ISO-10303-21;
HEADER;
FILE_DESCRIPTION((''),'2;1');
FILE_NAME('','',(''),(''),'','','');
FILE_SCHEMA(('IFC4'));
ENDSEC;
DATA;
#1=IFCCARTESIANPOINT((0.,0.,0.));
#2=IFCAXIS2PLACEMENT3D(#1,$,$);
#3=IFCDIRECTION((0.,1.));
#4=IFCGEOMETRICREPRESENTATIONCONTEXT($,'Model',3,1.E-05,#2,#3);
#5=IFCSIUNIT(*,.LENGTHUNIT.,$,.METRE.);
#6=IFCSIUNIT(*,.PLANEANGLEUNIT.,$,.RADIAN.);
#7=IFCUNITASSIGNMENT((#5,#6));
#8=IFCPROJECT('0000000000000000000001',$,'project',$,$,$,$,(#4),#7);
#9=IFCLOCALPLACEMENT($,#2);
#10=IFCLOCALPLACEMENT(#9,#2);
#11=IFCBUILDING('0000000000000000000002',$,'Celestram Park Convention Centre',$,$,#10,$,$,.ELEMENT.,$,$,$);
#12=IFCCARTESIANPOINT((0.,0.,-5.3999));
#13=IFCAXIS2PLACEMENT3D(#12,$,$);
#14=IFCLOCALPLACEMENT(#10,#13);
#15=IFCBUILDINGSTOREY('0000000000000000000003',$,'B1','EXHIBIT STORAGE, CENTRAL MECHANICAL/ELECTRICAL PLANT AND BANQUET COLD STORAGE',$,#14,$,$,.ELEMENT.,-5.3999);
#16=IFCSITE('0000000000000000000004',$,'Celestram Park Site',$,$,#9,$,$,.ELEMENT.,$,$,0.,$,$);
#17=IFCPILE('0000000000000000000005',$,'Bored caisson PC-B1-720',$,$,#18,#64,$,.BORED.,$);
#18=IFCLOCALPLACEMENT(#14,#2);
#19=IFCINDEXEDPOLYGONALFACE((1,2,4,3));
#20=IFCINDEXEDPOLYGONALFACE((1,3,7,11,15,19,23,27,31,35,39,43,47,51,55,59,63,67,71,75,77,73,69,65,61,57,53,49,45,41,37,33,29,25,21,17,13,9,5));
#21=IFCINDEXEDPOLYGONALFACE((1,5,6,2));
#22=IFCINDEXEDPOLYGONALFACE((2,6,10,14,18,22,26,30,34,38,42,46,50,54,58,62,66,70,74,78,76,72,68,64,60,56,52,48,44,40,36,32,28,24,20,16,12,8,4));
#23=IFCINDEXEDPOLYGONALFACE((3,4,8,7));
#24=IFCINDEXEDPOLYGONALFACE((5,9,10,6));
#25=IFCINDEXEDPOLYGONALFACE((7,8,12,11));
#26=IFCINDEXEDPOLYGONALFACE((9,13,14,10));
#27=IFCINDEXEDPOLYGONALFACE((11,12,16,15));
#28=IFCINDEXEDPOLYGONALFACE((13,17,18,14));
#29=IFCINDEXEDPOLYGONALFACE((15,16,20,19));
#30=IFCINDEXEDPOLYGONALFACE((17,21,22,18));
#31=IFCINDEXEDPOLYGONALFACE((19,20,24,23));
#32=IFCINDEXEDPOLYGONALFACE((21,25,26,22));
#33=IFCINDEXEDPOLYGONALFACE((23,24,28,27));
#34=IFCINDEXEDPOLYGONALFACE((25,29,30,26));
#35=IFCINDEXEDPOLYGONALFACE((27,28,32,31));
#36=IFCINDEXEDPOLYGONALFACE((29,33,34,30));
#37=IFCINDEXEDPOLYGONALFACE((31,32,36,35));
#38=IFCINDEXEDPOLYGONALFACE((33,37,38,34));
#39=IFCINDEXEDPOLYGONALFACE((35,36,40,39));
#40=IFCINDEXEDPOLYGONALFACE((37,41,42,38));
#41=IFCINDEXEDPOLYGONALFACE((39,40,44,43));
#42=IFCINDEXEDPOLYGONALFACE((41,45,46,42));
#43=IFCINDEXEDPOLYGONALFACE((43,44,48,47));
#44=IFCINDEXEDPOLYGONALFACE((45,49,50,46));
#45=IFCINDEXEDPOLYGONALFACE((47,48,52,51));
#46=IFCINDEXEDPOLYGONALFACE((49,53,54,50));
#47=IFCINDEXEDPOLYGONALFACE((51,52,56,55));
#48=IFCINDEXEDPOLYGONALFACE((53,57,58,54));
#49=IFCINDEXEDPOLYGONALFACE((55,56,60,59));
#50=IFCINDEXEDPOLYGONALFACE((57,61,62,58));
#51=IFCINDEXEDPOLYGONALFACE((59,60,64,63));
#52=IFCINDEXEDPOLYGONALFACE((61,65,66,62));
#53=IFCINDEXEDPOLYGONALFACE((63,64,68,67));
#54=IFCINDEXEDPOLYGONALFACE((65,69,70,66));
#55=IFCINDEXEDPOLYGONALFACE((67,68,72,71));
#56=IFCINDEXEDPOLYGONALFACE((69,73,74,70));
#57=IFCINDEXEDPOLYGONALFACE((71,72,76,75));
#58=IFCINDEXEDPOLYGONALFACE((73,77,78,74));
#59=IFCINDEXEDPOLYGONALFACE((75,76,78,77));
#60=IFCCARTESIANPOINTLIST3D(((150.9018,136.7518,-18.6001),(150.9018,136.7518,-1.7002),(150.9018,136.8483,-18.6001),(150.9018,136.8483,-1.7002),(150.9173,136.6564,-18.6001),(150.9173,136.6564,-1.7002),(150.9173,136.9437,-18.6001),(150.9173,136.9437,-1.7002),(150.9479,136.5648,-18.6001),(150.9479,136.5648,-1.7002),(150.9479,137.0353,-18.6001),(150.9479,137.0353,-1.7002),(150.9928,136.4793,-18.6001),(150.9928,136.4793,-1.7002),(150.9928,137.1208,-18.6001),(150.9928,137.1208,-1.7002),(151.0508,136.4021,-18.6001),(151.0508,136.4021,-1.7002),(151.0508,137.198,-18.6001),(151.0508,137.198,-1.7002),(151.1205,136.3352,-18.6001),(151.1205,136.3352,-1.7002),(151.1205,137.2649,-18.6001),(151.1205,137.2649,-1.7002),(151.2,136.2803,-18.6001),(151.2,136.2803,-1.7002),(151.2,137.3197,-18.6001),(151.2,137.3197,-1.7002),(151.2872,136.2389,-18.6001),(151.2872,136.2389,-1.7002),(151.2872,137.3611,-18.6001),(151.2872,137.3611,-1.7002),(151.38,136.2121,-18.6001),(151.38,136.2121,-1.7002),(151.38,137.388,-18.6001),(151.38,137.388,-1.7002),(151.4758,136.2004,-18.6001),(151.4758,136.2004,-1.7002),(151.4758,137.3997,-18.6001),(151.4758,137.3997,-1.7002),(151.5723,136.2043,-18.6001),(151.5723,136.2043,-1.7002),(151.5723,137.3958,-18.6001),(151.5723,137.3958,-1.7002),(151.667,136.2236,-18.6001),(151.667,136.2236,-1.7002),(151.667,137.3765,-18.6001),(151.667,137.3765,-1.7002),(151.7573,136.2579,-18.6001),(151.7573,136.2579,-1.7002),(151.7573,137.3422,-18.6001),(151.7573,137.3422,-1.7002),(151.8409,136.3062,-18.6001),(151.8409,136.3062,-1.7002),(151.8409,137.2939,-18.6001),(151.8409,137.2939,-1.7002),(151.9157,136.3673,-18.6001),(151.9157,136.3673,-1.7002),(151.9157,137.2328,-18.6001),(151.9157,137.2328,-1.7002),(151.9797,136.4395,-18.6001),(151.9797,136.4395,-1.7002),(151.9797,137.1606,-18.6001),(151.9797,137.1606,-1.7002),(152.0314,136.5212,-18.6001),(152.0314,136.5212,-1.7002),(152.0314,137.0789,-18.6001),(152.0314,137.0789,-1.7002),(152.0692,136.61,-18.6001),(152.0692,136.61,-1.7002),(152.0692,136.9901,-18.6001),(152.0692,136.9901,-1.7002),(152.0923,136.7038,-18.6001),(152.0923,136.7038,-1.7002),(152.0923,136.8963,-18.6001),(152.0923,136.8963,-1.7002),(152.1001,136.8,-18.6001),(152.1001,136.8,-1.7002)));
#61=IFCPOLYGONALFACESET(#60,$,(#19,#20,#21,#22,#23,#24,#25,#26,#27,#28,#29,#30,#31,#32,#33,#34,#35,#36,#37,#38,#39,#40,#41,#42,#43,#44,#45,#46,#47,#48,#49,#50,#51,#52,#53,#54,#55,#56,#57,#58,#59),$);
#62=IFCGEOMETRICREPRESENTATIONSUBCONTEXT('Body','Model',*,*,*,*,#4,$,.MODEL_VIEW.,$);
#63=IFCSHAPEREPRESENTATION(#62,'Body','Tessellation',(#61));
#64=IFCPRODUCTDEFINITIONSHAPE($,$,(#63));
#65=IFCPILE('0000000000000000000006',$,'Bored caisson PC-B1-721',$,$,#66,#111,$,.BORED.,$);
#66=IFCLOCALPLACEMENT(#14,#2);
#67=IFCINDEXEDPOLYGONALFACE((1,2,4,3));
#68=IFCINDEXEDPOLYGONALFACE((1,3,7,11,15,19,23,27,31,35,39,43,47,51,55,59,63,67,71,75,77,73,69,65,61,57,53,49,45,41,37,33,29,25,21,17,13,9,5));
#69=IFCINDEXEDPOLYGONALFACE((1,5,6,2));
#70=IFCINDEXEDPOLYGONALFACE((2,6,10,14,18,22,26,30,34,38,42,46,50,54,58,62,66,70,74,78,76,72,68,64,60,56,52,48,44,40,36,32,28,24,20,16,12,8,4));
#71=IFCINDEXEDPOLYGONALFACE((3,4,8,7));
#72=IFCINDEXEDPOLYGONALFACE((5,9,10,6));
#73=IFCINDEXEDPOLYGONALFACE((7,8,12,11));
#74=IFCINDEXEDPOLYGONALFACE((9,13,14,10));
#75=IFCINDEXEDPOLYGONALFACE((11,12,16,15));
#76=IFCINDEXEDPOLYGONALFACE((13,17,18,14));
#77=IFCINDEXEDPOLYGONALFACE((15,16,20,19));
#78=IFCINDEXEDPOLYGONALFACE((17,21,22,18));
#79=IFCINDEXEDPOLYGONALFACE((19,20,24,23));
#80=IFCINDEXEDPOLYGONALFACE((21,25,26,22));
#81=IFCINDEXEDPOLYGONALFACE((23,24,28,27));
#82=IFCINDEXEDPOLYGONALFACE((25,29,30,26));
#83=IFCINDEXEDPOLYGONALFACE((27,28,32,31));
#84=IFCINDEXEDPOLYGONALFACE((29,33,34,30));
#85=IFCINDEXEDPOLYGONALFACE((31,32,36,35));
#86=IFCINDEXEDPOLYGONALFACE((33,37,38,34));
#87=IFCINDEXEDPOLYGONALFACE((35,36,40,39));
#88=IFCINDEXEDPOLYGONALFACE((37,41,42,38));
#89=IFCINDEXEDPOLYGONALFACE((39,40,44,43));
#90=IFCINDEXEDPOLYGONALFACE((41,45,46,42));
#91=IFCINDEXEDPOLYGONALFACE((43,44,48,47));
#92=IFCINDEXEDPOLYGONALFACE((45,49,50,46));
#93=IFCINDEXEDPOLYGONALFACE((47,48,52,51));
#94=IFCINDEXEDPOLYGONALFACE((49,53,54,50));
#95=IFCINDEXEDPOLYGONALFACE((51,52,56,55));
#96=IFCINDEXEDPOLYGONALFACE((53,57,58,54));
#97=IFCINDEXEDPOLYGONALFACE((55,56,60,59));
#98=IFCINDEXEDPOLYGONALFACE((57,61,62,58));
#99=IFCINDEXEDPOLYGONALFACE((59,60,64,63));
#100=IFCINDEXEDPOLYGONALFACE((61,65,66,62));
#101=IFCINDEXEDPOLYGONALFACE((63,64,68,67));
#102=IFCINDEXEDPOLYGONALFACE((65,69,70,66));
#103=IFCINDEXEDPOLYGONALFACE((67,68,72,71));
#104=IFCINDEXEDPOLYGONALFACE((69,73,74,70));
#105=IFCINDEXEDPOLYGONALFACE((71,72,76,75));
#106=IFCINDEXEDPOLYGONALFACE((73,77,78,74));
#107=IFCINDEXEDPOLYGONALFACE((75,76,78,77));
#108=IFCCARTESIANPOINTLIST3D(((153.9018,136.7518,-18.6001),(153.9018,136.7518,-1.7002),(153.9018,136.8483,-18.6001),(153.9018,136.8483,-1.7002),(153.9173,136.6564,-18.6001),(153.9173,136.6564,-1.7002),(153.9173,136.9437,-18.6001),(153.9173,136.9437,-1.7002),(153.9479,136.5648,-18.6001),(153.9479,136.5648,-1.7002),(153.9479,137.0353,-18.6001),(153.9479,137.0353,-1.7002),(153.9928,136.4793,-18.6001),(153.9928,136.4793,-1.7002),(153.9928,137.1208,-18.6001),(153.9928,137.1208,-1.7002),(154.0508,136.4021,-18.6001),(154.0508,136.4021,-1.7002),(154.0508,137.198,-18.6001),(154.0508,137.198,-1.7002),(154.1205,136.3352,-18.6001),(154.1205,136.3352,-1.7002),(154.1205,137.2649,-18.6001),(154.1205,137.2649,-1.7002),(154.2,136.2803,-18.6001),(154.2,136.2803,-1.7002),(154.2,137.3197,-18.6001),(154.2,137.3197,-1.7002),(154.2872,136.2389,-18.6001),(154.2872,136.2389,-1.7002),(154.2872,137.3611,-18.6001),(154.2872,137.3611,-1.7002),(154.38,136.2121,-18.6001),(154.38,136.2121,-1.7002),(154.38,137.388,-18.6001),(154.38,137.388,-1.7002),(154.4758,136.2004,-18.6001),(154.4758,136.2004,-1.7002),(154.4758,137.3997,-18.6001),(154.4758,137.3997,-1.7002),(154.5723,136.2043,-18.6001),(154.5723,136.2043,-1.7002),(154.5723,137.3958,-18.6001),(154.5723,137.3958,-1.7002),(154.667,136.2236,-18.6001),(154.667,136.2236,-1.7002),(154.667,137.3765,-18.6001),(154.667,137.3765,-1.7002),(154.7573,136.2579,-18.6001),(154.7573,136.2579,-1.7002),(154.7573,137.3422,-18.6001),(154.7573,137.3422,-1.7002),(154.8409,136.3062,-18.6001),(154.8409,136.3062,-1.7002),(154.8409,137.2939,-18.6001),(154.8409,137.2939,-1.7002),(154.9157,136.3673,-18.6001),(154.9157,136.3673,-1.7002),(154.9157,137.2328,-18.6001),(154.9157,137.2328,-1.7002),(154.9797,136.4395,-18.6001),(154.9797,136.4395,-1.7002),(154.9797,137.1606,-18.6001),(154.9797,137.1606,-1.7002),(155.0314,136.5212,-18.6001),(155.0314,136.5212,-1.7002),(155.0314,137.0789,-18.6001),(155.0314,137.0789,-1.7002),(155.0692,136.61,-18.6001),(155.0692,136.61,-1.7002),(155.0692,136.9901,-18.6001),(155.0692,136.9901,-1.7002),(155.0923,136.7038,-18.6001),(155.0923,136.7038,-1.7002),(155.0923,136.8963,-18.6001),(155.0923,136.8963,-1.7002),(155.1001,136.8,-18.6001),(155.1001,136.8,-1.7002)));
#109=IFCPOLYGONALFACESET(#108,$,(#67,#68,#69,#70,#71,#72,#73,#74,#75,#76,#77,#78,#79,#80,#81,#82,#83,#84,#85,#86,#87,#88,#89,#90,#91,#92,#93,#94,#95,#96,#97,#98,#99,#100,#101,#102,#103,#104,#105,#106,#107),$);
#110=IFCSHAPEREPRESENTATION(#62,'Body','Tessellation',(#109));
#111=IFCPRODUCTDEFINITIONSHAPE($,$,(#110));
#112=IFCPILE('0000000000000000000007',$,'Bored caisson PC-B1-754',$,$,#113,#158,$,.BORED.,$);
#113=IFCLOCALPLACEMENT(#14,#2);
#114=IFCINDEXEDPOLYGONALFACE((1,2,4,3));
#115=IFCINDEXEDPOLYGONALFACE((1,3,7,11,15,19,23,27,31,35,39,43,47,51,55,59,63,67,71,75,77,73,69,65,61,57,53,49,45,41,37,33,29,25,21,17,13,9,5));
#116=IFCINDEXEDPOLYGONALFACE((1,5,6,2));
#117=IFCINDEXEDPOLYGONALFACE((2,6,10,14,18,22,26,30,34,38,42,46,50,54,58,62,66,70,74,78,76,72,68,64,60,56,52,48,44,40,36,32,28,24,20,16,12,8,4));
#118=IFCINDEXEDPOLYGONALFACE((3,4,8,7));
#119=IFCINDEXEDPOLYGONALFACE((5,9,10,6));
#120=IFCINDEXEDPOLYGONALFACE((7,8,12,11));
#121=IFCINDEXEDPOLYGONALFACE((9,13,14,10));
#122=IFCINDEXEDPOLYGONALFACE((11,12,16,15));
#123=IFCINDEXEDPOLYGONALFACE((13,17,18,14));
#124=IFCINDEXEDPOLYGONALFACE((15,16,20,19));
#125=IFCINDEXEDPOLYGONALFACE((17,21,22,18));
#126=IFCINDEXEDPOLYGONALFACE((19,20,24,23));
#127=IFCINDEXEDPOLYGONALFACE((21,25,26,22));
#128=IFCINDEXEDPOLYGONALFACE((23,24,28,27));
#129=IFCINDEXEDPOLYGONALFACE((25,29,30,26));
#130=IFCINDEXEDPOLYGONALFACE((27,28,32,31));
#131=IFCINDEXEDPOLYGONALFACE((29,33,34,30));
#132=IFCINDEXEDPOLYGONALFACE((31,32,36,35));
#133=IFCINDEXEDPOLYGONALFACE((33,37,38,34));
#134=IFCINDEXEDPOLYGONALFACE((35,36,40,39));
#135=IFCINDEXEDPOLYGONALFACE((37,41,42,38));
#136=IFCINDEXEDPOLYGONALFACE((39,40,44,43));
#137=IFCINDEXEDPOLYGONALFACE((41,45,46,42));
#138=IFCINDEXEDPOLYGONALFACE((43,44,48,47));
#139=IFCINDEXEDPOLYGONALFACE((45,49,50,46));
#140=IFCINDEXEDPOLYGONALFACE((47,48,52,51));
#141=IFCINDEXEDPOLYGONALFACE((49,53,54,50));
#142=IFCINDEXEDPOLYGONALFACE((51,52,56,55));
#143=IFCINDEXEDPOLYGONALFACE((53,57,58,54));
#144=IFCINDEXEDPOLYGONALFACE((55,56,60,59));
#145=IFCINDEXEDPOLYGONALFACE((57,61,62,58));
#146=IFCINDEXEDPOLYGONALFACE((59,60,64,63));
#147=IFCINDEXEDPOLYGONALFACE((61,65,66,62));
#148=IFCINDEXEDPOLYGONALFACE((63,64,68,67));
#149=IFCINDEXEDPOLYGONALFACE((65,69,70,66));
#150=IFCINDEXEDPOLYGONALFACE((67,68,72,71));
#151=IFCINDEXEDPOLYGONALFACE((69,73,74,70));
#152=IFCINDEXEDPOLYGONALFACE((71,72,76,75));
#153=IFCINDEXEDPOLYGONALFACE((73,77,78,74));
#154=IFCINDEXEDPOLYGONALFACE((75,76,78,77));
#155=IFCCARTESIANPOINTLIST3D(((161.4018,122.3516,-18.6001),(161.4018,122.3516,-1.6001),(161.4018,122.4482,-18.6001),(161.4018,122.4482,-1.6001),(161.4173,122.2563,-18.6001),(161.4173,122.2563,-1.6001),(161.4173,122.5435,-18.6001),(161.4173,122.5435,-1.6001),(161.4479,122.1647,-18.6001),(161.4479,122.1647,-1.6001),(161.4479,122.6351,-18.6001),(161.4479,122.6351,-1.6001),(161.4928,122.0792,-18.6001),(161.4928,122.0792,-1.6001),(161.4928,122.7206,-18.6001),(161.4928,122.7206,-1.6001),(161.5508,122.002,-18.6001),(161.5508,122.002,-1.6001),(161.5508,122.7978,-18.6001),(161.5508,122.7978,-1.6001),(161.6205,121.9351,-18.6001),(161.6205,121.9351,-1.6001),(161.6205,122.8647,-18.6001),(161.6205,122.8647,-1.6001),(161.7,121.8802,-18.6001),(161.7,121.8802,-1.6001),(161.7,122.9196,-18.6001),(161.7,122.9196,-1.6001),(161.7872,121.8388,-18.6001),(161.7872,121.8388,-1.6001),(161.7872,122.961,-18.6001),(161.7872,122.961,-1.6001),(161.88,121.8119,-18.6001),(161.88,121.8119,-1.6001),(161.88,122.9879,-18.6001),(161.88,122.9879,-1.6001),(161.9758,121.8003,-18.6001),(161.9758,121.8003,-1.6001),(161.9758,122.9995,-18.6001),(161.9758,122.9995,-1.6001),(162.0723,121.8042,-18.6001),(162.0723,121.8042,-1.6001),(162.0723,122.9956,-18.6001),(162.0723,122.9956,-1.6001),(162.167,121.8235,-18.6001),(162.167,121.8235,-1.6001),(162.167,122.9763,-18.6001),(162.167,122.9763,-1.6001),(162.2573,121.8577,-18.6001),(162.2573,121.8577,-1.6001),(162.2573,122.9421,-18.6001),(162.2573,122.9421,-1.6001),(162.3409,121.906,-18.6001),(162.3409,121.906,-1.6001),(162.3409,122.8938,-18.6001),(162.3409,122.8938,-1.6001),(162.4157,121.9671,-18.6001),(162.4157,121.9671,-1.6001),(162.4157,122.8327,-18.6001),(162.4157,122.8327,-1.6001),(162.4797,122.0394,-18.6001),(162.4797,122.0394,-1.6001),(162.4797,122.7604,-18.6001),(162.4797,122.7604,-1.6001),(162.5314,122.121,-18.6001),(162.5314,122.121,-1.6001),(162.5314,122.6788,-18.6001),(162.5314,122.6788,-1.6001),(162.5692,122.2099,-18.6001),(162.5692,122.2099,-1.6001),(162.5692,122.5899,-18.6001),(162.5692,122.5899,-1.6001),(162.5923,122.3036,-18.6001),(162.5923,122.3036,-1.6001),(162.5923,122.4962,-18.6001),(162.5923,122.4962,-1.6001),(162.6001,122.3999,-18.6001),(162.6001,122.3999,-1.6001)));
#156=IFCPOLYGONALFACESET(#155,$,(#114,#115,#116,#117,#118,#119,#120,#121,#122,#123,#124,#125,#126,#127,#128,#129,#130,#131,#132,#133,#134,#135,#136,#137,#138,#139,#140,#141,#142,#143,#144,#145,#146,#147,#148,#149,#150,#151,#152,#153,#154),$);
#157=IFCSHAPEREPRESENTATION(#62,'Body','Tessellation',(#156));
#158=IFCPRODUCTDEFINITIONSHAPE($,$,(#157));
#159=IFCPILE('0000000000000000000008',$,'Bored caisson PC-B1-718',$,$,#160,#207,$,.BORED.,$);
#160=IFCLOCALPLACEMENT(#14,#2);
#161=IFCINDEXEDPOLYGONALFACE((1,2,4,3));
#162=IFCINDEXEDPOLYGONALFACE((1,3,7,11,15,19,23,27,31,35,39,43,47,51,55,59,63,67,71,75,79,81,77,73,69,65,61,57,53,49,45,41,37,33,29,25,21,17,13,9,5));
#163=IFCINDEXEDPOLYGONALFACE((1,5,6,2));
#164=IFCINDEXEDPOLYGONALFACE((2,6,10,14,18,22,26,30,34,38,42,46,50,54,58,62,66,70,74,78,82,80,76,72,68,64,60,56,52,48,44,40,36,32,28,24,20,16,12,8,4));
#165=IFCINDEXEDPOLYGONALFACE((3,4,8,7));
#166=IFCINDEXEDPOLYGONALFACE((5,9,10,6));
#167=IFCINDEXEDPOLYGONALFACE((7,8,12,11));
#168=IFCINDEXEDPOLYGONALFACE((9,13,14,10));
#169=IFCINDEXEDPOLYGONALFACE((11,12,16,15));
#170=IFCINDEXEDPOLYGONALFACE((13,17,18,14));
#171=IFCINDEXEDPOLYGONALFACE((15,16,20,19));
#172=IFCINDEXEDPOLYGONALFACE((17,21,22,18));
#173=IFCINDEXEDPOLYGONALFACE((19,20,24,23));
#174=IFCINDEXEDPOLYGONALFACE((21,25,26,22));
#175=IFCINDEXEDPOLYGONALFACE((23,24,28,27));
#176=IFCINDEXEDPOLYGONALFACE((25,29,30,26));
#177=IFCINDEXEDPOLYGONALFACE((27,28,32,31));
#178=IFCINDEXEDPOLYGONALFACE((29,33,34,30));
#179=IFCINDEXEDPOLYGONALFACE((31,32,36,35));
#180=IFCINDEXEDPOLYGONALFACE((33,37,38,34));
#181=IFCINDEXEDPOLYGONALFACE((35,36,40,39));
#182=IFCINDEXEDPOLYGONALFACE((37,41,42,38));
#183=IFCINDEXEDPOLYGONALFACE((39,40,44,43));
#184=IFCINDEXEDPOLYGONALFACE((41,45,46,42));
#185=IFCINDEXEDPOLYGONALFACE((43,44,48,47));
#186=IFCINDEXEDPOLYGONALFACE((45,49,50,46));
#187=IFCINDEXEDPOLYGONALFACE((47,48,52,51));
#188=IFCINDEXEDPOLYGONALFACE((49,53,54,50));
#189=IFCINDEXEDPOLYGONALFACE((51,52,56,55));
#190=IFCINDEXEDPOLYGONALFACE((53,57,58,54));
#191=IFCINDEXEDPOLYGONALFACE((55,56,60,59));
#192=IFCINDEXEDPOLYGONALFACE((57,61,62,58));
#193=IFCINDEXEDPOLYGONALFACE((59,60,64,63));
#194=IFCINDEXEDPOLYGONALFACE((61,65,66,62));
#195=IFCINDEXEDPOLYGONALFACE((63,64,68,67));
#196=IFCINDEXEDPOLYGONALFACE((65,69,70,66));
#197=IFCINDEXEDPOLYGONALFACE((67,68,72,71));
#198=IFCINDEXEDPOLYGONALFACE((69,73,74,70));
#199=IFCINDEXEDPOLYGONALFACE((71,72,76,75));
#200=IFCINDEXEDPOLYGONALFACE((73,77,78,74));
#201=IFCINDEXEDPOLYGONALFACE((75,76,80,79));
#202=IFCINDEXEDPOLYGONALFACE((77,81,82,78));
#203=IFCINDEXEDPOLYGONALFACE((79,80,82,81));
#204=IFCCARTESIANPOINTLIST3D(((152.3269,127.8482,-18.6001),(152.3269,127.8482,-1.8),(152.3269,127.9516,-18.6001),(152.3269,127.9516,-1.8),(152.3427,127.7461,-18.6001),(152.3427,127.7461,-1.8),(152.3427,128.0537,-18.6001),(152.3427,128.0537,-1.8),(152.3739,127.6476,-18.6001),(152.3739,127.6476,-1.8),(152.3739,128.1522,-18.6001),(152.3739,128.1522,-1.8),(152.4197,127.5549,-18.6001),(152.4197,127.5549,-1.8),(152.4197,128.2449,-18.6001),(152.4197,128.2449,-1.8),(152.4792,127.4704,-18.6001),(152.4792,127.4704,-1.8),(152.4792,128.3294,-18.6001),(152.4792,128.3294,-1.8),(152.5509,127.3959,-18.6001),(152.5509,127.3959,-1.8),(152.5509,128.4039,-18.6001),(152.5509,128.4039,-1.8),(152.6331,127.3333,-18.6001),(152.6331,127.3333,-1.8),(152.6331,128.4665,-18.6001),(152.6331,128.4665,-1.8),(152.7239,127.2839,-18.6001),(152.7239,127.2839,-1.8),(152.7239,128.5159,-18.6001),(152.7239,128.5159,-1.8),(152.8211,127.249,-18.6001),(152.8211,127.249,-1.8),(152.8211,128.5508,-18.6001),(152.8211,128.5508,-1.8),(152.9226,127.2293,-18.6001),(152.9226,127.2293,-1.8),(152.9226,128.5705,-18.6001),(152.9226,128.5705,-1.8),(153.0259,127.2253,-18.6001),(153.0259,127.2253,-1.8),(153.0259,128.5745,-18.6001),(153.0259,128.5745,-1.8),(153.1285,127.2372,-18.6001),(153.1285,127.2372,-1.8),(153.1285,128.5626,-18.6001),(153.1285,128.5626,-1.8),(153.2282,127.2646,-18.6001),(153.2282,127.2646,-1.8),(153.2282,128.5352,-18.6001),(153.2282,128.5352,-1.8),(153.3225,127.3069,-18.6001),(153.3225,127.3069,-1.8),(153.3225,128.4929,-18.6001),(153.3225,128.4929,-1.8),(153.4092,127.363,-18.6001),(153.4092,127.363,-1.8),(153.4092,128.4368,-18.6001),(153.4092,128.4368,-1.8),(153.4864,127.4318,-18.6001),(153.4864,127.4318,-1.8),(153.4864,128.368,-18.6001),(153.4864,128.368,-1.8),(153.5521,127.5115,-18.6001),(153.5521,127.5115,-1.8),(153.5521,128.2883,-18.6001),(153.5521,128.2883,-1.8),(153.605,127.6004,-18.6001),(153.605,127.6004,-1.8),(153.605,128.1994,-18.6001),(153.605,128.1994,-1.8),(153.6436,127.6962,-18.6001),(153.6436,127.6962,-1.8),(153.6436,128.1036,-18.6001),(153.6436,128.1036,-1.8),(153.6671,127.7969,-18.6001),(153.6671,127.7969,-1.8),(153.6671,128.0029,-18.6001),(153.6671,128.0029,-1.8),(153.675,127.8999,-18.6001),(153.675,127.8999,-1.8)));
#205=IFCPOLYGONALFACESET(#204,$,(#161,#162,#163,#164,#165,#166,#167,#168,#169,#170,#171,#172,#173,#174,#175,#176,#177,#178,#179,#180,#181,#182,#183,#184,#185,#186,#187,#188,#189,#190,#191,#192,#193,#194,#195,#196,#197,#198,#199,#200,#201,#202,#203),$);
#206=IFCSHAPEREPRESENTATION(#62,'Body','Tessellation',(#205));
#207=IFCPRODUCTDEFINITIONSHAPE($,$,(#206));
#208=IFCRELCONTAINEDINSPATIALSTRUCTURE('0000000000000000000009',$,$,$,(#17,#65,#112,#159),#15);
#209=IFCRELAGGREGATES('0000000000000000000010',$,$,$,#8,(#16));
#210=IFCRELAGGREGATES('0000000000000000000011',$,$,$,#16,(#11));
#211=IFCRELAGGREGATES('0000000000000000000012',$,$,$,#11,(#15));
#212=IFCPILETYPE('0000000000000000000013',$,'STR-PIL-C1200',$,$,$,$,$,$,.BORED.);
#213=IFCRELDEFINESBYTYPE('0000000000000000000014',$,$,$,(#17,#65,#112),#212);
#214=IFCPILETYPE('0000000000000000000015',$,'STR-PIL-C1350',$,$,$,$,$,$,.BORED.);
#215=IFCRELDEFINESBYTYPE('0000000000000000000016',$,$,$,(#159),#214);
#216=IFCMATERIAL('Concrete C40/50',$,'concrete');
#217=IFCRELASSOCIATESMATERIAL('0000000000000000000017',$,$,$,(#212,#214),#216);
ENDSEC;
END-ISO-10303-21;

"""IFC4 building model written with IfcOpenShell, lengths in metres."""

from ifc_helpers import new_model, si_unit, direction, frame, origin, origin_2d, place, context, subcontext, project, spatial, circle, extrude, material, material_profile, profile_set, type_object, element, save


model = new_model("IFC4")

# Units and contexts
model_context = context("Model", 3, precision=1e-05, world=origin(), true_north=direction((0.0, 1.0)))
body_context = subcontext(model_context, "Body", "Model", "MODEL_VIEW")
ifc_project = project(units=[si_unit("LENGTHUNIT", "METRE"), si_unit("PLANEANGLEUNIT", "RADIAN")], contexts=[model_context])

# Site, building, storey
site_placement = place(None, origin())
site = spatial("IfcSite", under=ifc_project, at=site_placement, Name="Celestram Park Site", CompositionType="ELEMENT", RefElevation=0.0)
building_placement = place(site_placement, origin())
building = spatial("IfcBuilding", under=site, at=building_placement, Name="Celestram Park Convention Centre", CompositionType="ELEMENT")
storey_placement = place(building_placement, frame((0.0, 0.0, -5.3999)))
storey = spatial("IfcBuildingStorey", under=building, at=storey_placement, Name="B1", Description="EXHIBIT STORAGE, CENTRAL MECHANICAL/ELECTRICAL PLANT AND BANQUET COLD STORAGE", CompositionType="ELEMENT", Elevation=-5.3999)

# Shared definitions
ifc_material_1 = material(Name="Concrete C40/50", Category="concrete")

# Piles
ifc_material_profile_1 = material_profile(ifc_material_1, circle(Radius=0.6001, at=origin_2d()), Name="CAISSON1200")
ifc_profile_set_1 = profile_set([ifc_material_profile_1], Name="Concrete C40/50")
pile_type_1 = type_object("IfcPileType", Name="STR-PIL-C1200", PredefinedType="BORED", material=ifc_profile_set_1)
for number, where, z_axis, x_axis, name in (
    (1, (151.5, 136.8, -1.7002), (0.0, 0.0, -1.0), (1.0, 0.0, 0.0), "Bored caisson PC-B1-720"),
    (2, (154.5, 136.8, -1.7002), (0.0, 0.0, -1.0), (1.0, 0.0, 0.0), "Bored caisson PC-B1-721"),
):
    element("IfcPile", number, at=place(storey_placement, frame(where, z_axis=z_axis, x_axis=x_axis)), inside=storey, type_object=pile_type_1, Name=name, PredefinedType="BORED", context=body_context, shape_type="SweptSolid", body=[
        extrude(circle(Radius=0.6001, at=origin_2d()), origin(), (0.0, 0.0, 1.0), 16.8999),
    ])
pile_placement = place(storey_placement, frame((162.0, 122.3999, -1.6001), z_axis=(0.0, 0.0, -1.0), x_axis=(1.0, 0.0, 0.0)))
element("IfcPile", 3, at=pile_placement, inside=storey, type_object=pile_type_1, Name="Bored caisson PC-B1-754", PredefinedType="BORED", context=body_context, shape_type="SweptSolid", body=[
    extrude(circle(Radius=0.6001, at=origin_2d()), origin(), (0.0, 0.0, 1.0), 17.0),
])
ifc_material_profile_2 = material_profile(ifc_material_1, circle(Radius=0.675, at=origin_2d()), Name="CAISSON1350")
ifc_profile_set_2 = profile_set([ifc_material_profile_2], Name="Concrete C40/50")
pile_type_2 = type_object("IfcPileType", Name="STR-PIL-C1350", PredefinedType="BORED", material=ifc_profile_set_2)
for number, where, z_axis, x_axis, name in (
    (4, (153.0, 127.8999, -1.8), (0.0, 0.0, -1.0), (1.0, 0.0, 0.0), "Bored caisson PC-B1-718"),
):
    element("IfcPile", number, at=place(storey_placement, frame(where, z_axis=z_axis, x_axis=x_axis)), inside=storey, type_object=pile_type_2, Name=name, PredefinedType="BORED", context=body_context, shape_type="SweptSolid", body=[
        extrude(circle(Radius=0.675, at=origin_2d()), origin(), (0.0, 0.0, 1.0), 16.8),
    ])

save(model, "model.ifc")
